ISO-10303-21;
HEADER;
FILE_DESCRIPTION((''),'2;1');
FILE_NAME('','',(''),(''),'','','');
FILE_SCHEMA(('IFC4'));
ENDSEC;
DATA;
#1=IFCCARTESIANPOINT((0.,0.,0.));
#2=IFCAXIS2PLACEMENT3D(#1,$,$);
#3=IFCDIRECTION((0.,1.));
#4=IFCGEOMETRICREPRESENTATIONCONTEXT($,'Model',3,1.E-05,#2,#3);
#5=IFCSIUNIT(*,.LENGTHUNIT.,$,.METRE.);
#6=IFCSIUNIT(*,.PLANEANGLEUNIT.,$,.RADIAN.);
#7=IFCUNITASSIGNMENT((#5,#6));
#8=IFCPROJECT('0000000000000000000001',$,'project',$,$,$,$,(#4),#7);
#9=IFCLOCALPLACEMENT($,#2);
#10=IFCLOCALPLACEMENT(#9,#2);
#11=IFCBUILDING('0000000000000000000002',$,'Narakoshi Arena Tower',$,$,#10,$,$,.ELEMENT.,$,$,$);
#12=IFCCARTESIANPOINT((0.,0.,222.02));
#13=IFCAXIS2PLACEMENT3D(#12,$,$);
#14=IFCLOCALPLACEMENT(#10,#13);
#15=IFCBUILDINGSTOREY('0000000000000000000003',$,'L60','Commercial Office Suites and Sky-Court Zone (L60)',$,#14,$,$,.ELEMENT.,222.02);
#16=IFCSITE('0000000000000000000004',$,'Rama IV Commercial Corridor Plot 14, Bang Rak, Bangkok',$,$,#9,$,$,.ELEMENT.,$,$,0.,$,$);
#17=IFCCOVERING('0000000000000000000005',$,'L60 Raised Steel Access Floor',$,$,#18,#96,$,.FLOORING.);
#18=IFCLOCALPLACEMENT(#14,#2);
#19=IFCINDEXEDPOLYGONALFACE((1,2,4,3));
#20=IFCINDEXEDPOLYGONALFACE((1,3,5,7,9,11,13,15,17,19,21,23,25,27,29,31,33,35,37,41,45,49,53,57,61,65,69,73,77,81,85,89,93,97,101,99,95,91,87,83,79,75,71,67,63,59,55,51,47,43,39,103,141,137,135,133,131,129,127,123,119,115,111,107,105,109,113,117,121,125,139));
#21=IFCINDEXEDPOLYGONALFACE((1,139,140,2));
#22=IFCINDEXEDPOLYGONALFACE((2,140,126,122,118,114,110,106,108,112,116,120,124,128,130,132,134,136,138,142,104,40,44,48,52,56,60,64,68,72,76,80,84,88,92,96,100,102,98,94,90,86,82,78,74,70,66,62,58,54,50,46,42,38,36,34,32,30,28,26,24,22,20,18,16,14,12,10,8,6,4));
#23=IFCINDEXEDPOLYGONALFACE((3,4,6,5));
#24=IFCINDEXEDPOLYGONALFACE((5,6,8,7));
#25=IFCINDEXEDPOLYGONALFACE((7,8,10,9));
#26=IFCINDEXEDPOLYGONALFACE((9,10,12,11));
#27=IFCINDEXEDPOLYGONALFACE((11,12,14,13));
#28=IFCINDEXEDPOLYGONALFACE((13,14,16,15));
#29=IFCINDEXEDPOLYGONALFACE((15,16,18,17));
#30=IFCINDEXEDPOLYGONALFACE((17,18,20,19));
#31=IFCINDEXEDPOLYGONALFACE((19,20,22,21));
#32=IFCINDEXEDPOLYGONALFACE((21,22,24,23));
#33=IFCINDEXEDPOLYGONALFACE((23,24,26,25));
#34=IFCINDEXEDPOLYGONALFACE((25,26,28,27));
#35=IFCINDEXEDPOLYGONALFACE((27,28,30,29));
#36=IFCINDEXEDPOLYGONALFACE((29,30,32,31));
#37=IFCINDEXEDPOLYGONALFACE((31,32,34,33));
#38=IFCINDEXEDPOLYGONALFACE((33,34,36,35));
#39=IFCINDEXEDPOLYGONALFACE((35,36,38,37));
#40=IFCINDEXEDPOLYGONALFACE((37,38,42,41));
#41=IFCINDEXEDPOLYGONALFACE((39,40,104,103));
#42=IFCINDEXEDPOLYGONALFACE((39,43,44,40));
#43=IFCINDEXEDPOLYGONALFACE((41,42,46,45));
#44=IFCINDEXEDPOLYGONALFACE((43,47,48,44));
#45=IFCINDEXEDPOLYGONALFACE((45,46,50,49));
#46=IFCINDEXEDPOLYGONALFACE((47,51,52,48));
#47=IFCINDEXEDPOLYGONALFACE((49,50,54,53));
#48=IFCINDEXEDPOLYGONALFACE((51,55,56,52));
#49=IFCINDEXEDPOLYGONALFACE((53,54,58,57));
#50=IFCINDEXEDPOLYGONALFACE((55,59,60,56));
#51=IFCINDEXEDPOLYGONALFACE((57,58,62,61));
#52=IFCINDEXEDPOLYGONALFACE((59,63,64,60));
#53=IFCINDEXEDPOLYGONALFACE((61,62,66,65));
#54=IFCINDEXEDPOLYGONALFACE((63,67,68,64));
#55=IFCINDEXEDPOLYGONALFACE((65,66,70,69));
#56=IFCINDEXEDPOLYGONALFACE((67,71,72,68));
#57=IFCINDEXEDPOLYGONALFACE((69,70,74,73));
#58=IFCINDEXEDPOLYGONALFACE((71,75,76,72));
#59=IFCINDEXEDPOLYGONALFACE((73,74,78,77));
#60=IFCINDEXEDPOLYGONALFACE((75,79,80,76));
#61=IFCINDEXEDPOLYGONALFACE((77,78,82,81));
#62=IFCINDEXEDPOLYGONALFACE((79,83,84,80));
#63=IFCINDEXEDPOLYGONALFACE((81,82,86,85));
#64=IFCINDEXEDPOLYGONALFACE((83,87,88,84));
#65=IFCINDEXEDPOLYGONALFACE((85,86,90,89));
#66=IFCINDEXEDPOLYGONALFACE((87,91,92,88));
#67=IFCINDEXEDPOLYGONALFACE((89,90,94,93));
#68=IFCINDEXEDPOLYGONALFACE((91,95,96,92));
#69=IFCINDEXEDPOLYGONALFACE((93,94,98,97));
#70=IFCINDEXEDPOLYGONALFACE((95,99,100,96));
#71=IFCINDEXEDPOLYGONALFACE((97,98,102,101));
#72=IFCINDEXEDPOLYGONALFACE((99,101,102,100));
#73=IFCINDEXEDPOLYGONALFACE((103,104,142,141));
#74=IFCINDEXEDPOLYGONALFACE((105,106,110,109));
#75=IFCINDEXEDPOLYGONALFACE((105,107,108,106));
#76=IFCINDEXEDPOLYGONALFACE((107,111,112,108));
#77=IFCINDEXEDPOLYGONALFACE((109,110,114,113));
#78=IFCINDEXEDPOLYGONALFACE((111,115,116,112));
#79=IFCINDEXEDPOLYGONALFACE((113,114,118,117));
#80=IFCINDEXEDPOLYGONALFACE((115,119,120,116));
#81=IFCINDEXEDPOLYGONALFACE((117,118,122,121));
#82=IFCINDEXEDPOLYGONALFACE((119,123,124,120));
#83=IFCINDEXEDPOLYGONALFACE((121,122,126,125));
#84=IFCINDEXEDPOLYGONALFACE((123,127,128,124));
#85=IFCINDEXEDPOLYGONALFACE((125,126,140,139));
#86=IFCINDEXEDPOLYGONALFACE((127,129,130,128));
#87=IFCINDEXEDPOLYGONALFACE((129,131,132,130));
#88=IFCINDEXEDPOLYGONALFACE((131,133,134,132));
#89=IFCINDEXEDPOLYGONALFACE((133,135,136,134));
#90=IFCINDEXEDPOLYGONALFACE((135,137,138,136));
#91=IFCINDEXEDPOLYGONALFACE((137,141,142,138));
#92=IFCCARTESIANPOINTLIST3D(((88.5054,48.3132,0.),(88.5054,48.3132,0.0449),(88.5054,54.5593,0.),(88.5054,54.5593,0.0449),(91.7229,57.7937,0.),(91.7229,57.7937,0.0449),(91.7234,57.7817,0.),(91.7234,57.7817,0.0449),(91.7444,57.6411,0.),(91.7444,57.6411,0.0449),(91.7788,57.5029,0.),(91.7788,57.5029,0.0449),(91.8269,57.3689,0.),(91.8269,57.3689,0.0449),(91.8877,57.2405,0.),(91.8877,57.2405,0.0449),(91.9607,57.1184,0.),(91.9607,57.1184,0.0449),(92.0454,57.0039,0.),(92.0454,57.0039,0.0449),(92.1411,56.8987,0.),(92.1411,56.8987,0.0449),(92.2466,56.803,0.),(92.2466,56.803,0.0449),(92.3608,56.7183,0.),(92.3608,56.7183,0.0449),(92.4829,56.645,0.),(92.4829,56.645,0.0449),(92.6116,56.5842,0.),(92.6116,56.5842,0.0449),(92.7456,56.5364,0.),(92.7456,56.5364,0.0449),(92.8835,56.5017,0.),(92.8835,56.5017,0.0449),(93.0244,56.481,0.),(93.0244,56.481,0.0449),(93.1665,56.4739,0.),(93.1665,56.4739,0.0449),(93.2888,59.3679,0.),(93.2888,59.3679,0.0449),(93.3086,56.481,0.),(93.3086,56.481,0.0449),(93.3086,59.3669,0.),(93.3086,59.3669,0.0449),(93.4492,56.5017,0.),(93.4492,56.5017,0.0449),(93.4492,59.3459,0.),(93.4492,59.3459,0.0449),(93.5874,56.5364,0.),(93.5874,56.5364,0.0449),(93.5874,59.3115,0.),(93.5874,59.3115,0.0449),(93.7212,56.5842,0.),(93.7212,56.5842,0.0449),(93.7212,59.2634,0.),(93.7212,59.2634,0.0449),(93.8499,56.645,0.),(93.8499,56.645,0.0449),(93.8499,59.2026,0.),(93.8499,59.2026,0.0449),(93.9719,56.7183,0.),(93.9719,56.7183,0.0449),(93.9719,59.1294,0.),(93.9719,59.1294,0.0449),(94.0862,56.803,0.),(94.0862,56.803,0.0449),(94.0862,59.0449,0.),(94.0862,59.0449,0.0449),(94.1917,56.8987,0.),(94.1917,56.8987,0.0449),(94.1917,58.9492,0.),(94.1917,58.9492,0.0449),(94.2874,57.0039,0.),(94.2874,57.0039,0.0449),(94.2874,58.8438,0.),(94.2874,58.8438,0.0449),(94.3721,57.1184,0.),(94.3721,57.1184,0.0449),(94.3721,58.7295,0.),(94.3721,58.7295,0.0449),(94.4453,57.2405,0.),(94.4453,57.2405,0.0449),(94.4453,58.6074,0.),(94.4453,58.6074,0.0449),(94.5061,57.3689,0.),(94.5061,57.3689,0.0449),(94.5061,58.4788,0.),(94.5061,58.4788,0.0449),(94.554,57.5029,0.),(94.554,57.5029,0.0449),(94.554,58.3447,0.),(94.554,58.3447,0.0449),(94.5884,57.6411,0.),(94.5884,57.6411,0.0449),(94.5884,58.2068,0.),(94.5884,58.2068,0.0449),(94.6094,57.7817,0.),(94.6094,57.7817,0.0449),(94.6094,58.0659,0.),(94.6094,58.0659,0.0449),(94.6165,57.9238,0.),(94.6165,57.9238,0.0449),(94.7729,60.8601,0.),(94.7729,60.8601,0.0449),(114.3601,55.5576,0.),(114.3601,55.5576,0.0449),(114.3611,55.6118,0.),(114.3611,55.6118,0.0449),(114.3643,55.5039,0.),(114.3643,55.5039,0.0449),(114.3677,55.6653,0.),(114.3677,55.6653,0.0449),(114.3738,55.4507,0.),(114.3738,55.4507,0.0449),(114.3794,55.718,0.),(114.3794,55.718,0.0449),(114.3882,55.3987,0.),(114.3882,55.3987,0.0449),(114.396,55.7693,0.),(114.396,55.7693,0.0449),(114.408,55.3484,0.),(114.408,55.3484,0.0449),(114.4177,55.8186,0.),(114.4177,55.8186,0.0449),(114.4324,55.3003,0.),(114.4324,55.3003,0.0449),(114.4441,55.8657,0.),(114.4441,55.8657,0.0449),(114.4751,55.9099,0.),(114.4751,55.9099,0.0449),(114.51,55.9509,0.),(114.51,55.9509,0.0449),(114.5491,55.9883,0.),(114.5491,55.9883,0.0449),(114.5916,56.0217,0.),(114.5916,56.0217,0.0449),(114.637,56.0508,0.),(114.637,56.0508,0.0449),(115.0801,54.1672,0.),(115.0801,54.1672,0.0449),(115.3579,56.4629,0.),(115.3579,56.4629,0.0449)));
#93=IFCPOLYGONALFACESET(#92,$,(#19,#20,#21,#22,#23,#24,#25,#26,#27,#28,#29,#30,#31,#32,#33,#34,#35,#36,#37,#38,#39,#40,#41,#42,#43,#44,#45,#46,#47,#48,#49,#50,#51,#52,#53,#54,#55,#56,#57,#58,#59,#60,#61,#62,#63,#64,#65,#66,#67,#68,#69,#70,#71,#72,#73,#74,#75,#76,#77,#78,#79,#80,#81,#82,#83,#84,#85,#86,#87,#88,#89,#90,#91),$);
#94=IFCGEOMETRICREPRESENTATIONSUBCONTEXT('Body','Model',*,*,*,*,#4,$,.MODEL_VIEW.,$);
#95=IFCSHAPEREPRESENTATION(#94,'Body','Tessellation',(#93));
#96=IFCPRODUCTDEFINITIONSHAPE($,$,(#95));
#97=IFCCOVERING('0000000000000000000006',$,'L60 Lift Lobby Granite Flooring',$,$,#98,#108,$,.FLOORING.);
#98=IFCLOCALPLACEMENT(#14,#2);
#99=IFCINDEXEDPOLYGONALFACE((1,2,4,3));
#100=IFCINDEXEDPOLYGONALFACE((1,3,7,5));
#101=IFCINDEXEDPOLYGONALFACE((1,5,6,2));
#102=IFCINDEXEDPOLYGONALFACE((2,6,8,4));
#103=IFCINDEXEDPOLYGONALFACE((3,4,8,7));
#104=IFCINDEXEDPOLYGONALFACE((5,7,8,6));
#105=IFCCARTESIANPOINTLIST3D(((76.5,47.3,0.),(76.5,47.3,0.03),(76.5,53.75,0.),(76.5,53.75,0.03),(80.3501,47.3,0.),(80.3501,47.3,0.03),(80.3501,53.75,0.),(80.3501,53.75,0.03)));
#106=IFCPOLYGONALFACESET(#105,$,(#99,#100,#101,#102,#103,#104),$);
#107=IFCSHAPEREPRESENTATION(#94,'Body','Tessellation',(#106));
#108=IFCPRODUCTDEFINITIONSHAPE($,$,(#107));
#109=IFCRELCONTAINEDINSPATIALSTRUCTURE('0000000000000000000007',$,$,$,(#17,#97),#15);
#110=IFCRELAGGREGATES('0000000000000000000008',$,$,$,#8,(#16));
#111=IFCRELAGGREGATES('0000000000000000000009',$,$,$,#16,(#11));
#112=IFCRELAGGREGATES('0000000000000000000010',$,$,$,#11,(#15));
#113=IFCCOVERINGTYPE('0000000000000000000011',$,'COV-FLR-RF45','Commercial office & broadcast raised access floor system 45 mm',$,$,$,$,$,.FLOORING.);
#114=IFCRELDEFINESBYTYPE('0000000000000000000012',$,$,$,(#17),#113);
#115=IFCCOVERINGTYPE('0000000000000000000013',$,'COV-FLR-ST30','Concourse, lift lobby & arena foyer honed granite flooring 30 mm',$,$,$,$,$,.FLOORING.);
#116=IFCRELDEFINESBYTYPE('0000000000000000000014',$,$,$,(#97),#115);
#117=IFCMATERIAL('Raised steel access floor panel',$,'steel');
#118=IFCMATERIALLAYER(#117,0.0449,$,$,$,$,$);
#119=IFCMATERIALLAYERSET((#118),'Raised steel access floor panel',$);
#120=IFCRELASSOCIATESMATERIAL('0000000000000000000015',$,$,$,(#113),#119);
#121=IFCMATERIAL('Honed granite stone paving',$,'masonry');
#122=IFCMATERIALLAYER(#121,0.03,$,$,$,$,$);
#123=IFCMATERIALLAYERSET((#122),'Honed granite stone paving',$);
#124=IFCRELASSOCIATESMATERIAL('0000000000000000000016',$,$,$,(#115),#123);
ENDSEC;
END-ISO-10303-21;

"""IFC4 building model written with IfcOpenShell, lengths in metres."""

from ifc_helpers import new_model, si_unit, direction, frame, origin, place, context, subcontext, project, spatial, polyline, outline, extrude, material, layer, layer_set, type_object, element, save


model = new_model("IFC4")

# Units and contexts
model_context = context("Model", 3, precision=1e-05, world=origin(), true_north=direction((0.0, 1.0)))
body_context = subcontext(model_context, "Body", "Model", "MODEL_VIEW")
ifc_project = project(units=[si_unit("LENGTHUNIT", "METRE"), si_unit("PLANEANGLEUNIT", "RADIAN")], contexts=[model_context])

# Site, building, storey
site_placement = place(None, origin())
site = spatial("IfcSite", under=ifc_project, at=site_placement, Name="Rama IV Commercial Corridor Plot 14, Bang Rak, Bangkok", CompositionType="ELEMENT", RefElevation=0.0)
building_placement = place(site_placement, origin())
building = spatial("IfcBuilding", under=site, at=building_placement, Name="Narakoshi Arena Tower", CompositionType="ELEMENT")
storey_placement = place(building_placement, frame((0.0, 0.0, 222.02)))
storey = spatial("IfcBuildingStorey", under=building, at=storey_placement, Name="L60", Description="Commercial Office Suites and Sky-Court Zone (L60)", CompositionType="ELEMENT", Elevation=222.02)

# Coverings
ifc_material_1 = material(Name="Raised steel access floor panel", Category="steel")
ifc_layer_1 = layer(ifc_material_1, 0.0449)
ifc_layer_set_1 = layer_set([ifc_layer_1], Name="Raised steel access floor panel")
covering_type_1 = type_object("IfcCoveringType", Name="COV-FLR-RF45", Description="Commercial office & broadcast raised access floor system 45 mm", PredefinedType="FLOORING", material=ifc_layer_set_1)
covering_1_placement = place(storey_placement, origin())
element("IfcCovering", 1, at=covering_1_placement, inside=storey, type_object=covering_type_1, Name="L60 Raised Steel Access Floor", PredefinedType="FLOORING", context=body_context, shape_type="SweptSolid", body=[
    extrude(outline(polyline([(114.637, 56.0508), (114.5916, 56.0217), (114.5491, 55.9883), (114.51, 55.9509), (114.4751, 55.9099), (114.4441, 55.8657), (114.4177, 55.8186), (114.396, 55.7693), (114.3794, 55.718), (114.3677, 55.6653), (114.3611, 55.6118), (114.3601, 55.5576), (114.3643, 55.5039), (114.3738, 55.4507), (114.3882, 55.3987), (114.408, 55.3484), (114.4324, 55.3003), (115.0801, 54.1672), (88.5054, 48.3132), (88.5054, 54.5593), (91.7229, 57.7937), (91.7234, 57.7817), (91.7444, 57.6411), (91.7788, 57.5029), (91.8269, 57.3689), (91.8877, 57.2405), (91.9607, 57.1184), (92.0454, 57.0039), (92.1411, 56.8987), (92.2466, 56.803), (92.3608, 56.7183), (92.4829, 56.645), (92.6116, 56.5842), (92.7456, 56.5364), (92.8835, 56.5017), (93.0244, 56.481), (93.1665, 56.4739), (93.3086, 56.481), (93.4492, 56.5017), (93.5874, 56.5364), (93.7212, 56.5842), (93.8499, 56.645), (93.9719, 56.7183), (94.0862, 56.803), (94.1917, 56.8987), (94.2874, 57.0039), (94.3721, 57.1184), (94.4453, 57.2405), (94.5061, 57.3689), (94.554, 57.5029), (94.5884, 57.6411), (94.6094, 57.7817), (94.6165, 57.9238), (94.6094, 58.0659), (94.5884, 58.2068), (94.554, 58.3447), (94.5061, 58.4788), (94.4453, 58.6074), (94.3721, 58.7295), (94.2874, 58.8438), (94.1917, 58.9492), (94.0862, 59.0449), (93.9719, 59.1294), (93.8499, 59.2026), (93.7212, 59.2634), (93.5874, 59.3115), (93.4492, 59.3459), (93.3086, 59.3669), (93.2888, 59.3679), (94.7729, 60.8601), (115.3579, 56.4629), (114.637, 56.0508)])), origin(), (0.0, 0.0, 1.0), 0.0449),
])
ifc_material_2 = material(Name="Honed granite stone paving", Category="masonry")
ifc_layer_2 = layer(ifc_material_2, 0.03)
ifc_layer_set_2 = layer_set([ifc_layer_2], Name="Honed granite stone paving")
covering_type_2 = type_object("IfcCoveringType", Name="COV-FLR-ST30", Description="Concourse, lift lobby & arena foyer honed granite flooring 30 mm", PredefinedType="FLOORING", material=ifc_layer_set_2)
covering_2_placement = place(storey_placement, origin())
element("IfcCovering", 2, at=covering_2_placement, inside=storey, type_object=covering_type_2, Name="L60 Lift Lobby Granite Flooring", PredefinedType="FLOORING", context=body_context, shape_type="SweptSolid", body=[
    extrude(outline(polyline([(76.5, 47.3), (80.3501, 47.3), (80.3501, 53.75), (76.5, 53.75), (76.5, 47.3)])), origin(), (0.0, 0.0, 1.0), 0.03),
])

save(model, "model.ifc")
